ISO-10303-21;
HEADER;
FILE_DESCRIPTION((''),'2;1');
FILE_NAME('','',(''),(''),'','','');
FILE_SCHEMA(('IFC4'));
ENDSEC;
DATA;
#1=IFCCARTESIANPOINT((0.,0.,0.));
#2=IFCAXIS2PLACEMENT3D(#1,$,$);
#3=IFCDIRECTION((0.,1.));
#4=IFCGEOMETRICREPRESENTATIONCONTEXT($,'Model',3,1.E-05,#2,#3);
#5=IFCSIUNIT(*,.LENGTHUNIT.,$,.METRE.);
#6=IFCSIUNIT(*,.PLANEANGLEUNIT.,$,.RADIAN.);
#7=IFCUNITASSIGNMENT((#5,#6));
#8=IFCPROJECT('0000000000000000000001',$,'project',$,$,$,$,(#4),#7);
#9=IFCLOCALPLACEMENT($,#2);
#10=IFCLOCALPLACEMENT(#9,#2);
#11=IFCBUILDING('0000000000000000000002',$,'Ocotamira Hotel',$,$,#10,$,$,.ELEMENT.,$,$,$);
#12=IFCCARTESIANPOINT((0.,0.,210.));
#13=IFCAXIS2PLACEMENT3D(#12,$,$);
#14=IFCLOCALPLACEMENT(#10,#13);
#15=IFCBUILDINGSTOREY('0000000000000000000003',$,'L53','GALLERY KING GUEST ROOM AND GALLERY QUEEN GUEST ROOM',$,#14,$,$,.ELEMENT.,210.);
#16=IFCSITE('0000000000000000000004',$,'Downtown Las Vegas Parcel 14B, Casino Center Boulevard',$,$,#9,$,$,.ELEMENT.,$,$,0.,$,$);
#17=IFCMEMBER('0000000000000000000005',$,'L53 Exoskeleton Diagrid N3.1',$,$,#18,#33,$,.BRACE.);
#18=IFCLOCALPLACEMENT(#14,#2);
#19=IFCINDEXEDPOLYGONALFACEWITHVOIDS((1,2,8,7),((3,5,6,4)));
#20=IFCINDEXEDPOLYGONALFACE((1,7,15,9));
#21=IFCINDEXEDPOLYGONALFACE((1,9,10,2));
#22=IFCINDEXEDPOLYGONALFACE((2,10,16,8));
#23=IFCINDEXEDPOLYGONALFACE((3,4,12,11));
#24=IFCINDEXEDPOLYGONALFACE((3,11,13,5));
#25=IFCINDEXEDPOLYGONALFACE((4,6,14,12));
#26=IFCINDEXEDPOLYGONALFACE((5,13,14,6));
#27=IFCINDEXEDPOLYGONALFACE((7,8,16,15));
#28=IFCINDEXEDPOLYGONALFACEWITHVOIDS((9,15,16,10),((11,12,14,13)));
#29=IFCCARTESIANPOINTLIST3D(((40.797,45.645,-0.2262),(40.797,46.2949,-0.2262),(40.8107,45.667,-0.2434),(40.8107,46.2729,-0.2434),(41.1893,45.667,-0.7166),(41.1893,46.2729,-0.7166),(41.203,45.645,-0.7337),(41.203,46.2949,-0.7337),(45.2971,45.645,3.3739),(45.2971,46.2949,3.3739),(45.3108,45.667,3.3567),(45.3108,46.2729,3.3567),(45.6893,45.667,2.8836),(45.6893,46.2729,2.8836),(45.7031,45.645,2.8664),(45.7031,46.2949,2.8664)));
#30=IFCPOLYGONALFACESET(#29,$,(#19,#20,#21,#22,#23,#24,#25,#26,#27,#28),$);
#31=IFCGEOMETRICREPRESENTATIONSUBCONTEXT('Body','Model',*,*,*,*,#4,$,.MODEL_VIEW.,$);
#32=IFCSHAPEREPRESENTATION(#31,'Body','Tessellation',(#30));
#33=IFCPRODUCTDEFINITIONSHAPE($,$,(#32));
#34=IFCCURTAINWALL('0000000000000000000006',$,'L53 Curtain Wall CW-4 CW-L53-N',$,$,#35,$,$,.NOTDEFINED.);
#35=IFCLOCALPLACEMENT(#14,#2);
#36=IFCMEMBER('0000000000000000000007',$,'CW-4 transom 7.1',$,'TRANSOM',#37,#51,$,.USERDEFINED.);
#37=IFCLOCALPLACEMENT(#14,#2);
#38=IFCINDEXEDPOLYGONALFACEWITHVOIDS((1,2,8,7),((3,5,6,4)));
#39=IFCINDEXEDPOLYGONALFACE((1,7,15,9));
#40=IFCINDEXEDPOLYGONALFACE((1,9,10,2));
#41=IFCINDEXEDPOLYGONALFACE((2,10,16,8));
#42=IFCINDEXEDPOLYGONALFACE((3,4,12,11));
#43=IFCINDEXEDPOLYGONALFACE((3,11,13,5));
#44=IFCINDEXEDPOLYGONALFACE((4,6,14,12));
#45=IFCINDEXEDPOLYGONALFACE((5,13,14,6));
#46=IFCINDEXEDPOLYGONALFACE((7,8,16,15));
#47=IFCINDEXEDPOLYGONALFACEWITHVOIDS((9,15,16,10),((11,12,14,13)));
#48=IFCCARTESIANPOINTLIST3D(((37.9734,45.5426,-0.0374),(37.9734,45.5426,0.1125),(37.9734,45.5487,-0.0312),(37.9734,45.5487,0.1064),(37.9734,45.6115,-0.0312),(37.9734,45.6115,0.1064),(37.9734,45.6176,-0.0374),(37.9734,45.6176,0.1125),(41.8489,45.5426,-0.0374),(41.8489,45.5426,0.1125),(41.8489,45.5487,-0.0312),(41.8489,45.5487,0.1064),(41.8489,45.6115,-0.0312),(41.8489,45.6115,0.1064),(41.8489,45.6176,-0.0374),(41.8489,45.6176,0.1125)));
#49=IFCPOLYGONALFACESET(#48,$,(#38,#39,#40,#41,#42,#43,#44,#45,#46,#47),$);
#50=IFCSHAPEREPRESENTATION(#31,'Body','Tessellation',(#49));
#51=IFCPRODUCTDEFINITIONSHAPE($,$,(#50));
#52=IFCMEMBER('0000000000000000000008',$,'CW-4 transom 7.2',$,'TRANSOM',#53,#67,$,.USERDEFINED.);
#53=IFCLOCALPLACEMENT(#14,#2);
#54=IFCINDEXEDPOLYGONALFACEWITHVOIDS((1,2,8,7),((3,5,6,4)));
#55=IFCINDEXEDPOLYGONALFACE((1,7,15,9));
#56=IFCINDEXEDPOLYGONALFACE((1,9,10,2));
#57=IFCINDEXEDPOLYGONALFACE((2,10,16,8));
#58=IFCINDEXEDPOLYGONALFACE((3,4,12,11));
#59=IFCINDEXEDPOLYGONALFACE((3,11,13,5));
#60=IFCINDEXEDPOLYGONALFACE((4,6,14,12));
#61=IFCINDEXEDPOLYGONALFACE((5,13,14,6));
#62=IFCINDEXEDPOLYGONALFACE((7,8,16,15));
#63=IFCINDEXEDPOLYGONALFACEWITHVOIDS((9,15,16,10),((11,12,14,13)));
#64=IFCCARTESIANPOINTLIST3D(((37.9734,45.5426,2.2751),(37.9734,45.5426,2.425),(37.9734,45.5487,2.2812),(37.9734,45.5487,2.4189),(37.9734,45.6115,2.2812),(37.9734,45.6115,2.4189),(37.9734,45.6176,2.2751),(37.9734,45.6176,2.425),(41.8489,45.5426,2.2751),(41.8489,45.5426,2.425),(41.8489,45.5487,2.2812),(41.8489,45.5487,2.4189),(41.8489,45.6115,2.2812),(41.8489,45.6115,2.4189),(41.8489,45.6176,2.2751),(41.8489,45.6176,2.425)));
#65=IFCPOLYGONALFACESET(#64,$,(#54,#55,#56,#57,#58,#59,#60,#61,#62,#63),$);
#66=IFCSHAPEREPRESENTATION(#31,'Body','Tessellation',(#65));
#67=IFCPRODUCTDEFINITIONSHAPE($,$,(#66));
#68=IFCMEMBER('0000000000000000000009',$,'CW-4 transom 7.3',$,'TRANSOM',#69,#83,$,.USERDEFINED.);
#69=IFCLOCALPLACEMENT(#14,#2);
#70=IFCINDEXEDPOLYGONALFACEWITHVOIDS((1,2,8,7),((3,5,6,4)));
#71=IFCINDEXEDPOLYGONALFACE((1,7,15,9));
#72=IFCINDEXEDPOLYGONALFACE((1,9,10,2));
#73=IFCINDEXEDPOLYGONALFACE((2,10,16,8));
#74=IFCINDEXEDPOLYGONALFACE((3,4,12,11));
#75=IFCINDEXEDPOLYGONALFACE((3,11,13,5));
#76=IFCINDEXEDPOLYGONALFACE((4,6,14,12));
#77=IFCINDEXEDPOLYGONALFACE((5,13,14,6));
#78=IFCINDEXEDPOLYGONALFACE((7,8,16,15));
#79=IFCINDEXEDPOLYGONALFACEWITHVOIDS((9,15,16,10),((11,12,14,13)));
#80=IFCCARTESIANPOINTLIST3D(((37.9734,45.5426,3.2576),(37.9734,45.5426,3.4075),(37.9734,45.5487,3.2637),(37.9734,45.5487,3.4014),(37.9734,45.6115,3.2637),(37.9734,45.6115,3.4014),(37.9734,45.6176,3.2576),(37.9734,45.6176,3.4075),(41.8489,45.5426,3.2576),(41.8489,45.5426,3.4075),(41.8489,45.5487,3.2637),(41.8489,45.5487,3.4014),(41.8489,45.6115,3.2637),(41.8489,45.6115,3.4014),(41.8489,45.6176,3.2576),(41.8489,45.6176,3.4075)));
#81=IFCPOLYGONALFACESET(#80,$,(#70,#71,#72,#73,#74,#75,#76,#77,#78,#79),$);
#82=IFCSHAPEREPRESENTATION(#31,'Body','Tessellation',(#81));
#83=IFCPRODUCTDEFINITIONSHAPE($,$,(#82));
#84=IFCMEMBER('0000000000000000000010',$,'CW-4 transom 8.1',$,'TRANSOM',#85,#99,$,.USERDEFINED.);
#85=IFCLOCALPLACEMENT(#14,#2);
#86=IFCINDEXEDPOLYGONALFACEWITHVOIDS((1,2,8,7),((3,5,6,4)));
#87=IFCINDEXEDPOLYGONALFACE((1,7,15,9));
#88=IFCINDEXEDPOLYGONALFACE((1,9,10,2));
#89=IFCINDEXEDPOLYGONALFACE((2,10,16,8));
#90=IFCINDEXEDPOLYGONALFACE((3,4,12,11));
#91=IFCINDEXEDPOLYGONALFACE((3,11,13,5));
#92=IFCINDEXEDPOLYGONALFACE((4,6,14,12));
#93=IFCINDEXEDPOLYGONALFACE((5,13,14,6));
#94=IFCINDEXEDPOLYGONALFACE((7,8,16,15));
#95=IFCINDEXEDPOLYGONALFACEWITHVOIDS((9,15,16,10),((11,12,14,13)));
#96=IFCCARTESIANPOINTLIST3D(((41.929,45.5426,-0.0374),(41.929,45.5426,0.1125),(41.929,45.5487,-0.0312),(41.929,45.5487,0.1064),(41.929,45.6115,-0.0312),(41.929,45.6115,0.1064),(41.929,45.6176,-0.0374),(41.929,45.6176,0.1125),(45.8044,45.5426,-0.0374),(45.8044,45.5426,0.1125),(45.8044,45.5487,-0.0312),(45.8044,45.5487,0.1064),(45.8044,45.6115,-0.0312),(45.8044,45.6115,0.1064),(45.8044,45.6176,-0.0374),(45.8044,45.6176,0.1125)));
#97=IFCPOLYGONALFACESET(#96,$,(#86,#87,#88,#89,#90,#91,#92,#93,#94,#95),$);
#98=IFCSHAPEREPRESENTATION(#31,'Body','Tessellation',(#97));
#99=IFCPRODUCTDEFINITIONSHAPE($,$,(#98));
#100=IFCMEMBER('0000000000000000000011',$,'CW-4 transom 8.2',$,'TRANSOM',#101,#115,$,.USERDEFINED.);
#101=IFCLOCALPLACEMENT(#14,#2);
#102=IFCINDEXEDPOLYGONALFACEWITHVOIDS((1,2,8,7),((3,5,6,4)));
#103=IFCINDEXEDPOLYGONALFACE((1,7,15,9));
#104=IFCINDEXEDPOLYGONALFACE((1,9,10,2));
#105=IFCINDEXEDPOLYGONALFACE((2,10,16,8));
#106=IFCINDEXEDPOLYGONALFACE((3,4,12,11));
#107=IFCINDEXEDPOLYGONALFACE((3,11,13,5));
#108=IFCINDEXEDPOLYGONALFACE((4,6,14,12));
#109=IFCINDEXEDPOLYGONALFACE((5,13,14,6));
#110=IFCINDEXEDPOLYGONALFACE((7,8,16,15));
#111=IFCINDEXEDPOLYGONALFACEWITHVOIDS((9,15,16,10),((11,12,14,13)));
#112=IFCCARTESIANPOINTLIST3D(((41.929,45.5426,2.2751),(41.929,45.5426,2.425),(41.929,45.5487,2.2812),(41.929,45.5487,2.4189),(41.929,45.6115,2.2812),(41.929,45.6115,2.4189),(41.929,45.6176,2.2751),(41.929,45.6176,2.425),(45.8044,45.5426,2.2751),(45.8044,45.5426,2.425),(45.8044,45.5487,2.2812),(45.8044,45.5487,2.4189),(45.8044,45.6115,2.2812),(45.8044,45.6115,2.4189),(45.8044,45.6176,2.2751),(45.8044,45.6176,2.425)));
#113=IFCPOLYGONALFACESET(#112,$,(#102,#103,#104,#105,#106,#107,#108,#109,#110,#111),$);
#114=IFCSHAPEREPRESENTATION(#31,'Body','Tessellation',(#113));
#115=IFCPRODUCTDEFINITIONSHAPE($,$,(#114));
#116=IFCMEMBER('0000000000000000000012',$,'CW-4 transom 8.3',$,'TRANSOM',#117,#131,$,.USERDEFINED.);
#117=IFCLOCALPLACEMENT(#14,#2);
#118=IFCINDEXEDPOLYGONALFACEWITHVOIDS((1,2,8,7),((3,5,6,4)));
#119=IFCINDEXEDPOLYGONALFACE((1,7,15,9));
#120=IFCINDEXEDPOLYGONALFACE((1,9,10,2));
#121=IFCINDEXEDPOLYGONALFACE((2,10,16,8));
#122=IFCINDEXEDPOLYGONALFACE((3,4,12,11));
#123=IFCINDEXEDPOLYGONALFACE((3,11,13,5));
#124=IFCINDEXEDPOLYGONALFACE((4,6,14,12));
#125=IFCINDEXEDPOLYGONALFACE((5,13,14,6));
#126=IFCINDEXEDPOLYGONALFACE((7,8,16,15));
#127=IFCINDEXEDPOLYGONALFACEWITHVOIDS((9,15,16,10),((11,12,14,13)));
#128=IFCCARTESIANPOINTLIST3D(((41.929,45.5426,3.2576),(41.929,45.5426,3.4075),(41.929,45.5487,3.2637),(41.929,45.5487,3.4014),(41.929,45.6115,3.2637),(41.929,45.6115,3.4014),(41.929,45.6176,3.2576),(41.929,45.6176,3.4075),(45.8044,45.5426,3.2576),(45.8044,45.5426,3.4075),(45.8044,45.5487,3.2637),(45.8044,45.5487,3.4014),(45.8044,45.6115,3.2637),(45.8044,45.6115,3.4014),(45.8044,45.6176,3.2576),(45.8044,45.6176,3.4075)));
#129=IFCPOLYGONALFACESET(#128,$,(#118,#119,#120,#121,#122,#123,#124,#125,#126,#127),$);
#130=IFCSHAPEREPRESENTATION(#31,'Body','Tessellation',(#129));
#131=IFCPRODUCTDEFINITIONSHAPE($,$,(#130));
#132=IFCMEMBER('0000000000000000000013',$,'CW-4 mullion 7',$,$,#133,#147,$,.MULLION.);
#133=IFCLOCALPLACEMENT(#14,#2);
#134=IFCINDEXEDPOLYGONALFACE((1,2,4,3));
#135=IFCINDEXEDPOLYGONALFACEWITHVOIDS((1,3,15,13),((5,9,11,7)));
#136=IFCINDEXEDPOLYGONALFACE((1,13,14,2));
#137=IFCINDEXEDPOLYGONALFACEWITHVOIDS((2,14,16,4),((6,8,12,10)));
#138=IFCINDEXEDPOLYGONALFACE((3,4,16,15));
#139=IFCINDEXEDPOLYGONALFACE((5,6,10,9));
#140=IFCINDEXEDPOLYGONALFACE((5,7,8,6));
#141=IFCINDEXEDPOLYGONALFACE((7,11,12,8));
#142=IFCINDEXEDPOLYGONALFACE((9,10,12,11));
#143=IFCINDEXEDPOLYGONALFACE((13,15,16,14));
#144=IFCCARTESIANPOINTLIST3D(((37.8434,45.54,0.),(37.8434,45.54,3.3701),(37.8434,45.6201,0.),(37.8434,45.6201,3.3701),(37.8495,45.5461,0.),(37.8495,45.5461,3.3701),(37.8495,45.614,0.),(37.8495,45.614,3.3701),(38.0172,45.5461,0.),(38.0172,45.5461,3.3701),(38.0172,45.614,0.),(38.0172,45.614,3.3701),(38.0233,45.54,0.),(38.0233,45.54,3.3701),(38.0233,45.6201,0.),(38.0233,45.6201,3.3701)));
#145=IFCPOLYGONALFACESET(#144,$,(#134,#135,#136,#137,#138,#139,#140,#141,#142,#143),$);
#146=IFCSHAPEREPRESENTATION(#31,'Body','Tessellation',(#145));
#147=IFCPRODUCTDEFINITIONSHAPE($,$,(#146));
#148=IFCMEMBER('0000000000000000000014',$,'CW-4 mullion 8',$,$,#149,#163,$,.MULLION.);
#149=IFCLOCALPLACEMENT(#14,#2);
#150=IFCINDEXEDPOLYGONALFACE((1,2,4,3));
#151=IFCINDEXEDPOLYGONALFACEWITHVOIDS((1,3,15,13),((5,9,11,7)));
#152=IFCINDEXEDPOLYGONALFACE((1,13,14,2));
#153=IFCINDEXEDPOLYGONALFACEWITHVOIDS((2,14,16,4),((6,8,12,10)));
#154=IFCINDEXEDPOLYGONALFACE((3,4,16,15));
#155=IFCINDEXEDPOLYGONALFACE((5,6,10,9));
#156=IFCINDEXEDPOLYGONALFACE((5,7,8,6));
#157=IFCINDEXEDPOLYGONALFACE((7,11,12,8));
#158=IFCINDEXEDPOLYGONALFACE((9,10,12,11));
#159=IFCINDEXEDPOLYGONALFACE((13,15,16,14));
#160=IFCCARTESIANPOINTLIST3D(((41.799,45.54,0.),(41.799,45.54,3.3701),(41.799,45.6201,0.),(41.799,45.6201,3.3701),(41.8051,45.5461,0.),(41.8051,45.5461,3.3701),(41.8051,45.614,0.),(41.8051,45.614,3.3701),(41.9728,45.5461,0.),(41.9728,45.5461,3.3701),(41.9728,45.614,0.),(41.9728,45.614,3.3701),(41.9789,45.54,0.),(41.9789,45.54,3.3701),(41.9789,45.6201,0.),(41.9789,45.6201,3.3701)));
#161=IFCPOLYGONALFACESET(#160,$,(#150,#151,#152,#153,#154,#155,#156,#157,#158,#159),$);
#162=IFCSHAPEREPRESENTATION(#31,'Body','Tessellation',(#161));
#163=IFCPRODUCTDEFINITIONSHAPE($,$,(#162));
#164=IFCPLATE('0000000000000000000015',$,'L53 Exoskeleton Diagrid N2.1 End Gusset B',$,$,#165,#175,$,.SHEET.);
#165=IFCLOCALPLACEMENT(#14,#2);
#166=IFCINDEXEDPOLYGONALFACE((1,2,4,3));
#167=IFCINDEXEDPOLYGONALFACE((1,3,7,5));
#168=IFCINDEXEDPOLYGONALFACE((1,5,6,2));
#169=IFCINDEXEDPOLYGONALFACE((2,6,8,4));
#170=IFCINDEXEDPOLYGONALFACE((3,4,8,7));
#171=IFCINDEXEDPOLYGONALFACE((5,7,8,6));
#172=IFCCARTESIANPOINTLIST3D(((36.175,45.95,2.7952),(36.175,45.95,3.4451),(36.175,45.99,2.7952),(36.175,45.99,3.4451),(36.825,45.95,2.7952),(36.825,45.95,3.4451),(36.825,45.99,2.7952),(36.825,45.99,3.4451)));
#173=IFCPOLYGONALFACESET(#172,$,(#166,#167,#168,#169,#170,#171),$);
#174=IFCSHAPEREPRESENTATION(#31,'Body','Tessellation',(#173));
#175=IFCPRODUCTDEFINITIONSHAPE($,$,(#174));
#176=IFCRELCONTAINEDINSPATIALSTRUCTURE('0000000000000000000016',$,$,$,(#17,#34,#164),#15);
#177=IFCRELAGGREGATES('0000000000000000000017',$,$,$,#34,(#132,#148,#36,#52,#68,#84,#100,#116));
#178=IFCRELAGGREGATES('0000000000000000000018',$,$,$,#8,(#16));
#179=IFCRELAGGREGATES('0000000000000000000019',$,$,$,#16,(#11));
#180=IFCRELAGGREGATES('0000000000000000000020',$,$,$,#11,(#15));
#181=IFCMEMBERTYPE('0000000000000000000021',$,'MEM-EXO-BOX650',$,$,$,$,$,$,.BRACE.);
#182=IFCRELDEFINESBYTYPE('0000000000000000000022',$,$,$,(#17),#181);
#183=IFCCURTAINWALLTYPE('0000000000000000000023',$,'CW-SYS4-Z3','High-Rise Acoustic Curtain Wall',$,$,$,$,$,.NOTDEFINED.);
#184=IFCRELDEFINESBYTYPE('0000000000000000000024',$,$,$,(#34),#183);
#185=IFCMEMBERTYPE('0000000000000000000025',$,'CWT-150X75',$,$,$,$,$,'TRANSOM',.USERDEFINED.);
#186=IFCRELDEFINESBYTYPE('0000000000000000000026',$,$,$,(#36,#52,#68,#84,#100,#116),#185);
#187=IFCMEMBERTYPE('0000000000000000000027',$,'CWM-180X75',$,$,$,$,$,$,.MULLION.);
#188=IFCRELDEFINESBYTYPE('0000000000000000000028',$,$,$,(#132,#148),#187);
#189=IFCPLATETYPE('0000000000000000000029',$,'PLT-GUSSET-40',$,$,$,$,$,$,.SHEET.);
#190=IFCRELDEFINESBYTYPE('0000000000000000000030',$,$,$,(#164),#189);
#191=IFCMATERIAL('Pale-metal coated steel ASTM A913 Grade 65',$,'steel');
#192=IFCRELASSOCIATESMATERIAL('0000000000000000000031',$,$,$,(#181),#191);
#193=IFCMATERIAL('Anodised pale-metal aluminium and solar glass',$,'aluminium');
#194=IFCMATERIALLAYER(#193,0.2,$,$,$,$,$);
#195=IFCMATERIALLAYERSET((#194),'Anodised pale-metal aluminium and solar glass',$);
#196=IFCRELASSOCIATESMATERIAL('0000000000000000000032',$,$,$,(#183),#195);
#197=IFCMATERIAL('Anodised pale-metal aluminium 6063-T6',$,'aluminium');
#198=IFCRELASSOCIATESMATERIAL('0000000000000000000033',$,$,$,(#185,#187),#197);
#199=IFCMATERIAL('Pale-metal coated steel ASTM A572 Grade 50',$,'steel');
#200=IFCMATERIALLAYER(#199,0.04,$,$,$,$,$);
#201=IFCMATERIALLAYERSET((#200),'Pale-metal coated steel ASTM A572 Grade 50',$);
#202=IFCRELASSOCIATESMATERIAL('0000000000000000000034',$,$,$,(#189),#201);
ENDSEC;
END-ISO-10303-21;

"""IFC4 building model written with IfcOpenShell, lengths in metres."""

from ifc_helpers import new_model, si_unit, direction, frame, origin, origin_2d, place, context, subcontext, project, spatial, rectangle, hollow_rectangle, extrude, source, transform, mapped, material, layer, layer_set, material_profile, profile_set, type_object, element, aggregate, save


model = new_model("IFC4")

# Units and contexts
model_context = context("Model", 3, precision=1e-05, world=origin(), true_north=direction((0.0, 1.0)))
body_context = subcontext(model_context, "Body", "Model", "MODEL_VIEW")
ifc_project = project(units=[si_unit("LENGTHUNIT", "METRE"), si_unit("PLANEANGLEUNIT", "RADIAN")], contexts=[model_context])

# Site, building, storey
site_placement = place(None, origin())
site = spatial("IfcSite", under=ifc_project, at=site_placement, Name="Downtown Las Vegas Parcel 14B, Casino Center Boulevard", CompositionType="ELEMENT", RefElevation=0.0)
building_placement = place(site_placement, origin())
building = spatial("IfcBuilding", under=site, at=building_placement, Name="Ocotamira Hotel", CompositionType="ELEMENT")
storey_placement = place(building_placement, frame((0.0, 0.0, 210.0)))
storey = spatial("IfcBuildingStorey", under=building, at=storey_placement, Name="L53", Description="GALLERY KING GUEST ROOM AND GALLERY QUEEN GUEST ROOM", CompositionType="ELEMENT", Elevation=210.0)

# Member
ifc_material_1 = material(Name="Pale-metal coated steel ASTM A913 Grade 65", Category="steel")
ifc_material_profile_1 = material_profile(ifc_material_1, hollow_rectangle(XDim=0.6499, YDim=0.6499, WallThickness=0.022, at=origin_2d()), Name="BOX650X650X22")
ifc_profile_set_1 = profile_set([ifc_material_profile_1], Name="Pale-metal coated steel ASTM A913 Grade 65")
member_type_1 = type_object("IfcMemberType", Name="MEM-EXO-BOX650", PredefinedType="BRACE", material=ifc_profile_set_1)
shared_shape_1 = source(origin(), body_context, "Body", "SweptSolid", [
    extrude(hollow_rectangle(XDim=0.6499, YDim=0.6499, WallThickness=0.022, at=origin_2d()), origin(), (0.0, 0.0, 1.0), 5.7629),
])
for number, where, z_axis, x_axis, name in (
    (1, (41.0, 45.97, -0.48), (0.780861, 0.0, 0.624705), (0.0, 1.0, 0.0), "L53 Exoskeleton Diagrid N3.1"),
):
    element("IfcMember", number, at=place(storey_placement, frame(where, z_axis=z_axis, x_axis=x_axis)), inside=storey, type_object=member_type_1, Name=name, PredefinedType="BRACE", context=body_context, shape_type="MappedRepresentation", body=[
        mapped(shared_shape_1, transform((0.0, 0.0, 0.0), scale=1.0)),
    ])

# Curtain wall, members
ifc_material_2 = material(Name="Anodised pale-metal aluminium and solar glass", Category="aluminium")
ifc_layer_1 = layer(ifc_material_2, 0.2)
ifc_layer_set_1 = layer_set([ifc_layer_1], Name="Anodised pale-metal aluminium and solar glass")
curtain_wall_type = type_object("IfcCurtainWallType", Name="CW-SYS4-Z3", Description="High-Rise Acoustic Curtain Wall", PredefinedType="NOTDEFINED", material=ifc_layer_set_1)
curtain_wall_placement = place(storey_placement, origin())
curtain_wall = element("IfcCurtainWall", 2, at=curtain_wall_placement, inside=storey, type_object=curtain_wall_type, Name="L53 Curtain Wall CW-4 CW-L53-N", PredefinedType="NOTDEFINED")
ifc_material_3 = material(Name="Anodised pale-metal aluminium 6063-T6", Category="aluminium")
ifc_material_profile_2 = material_profile(ifc_material_3, hollow_rectangle(XDim=0.075, YDim=0.1499, WallThickness=0.0061, at=origin_2d()), Name="HSS150X75X6")
ifc_profile_set_2 = profile_set([ifc_material_profile_2], Name="Anodised pale-metal aluminium 6063-T6")
member_type_2 = type_object("IfcMemberType", Name="CWT-150X75", ElementType="TRANSOM", PredefinedType="USERDEFINED", material=ifc_profile_set_2)
shared_shape_2 = source(origin(), body_context, "Body", "SweptSolid", [
    extrude(hollow_rectangle(XDim=0.075, YDim=0.1499, WallThickness=0.0061, at=origin_2d()), origin(), (0.0, 0.0, 1.0), 3.8755),
])
member_1_placement = place(storey_placement, frame((37.9734, 45.5801, 0.0376), z_axis=(1.0, 0.0, 0.0), x_axis=(0.0, 1.0, 0.0)))
member_1 = element("IfcMember", 3, at=member_1_placement, type_object=member_type_2, Name="CW-4 transom 7.1", ObjectType="TRANSOM", PredefinedType="USERDEFINED", context=body_context, shape_type="MappedRepresentation", body=[
    mapped(shared_shape_2, transform((0.0, 0.0, 0.0), scale=1.0)),
])
member_2_placement = place(storey_placement, frame((37.9734, 45.5801, 2.3501), z_axis=(1.0, 0.0, 0.0), x_axis=(0.0, 1.0, 0.0)))
member_2 = element("IfcMember", 4, at=member_2_placement, type_object=member_type_2, Name="CW-4 transom 7.2", ObjectType="TRANSOM", PredefinedType="USERDEFINED", context=body_context, shape_type="MappedRepresentation", body=[
    mapped(shared_shape_2, transform((0.0, 0.0, 0.0), scale=1.0)),
])
member_3_placement = place(storey_placement, frame((37.9734, 45.5801, 3.3325), z_axis=(1.0, 0.0, 0.0), x_axis=(0.0, 1.0, 0.0)))
member_3 = element("IfcMember", 5, at=member_3_placement, type_object=member_type_2, Name="CW-4 transom 7.3", ObjectType="TRANSOM", PredefinedType="USERDEFINED", context=body_context, shape_type="MappedRepresentation", body=[
    mapped(shared_shape_2, transform((0.0, 0.0, 0.0), scale=1.0)),
])
member_4_placement = place(storey_placement, frame((41.929, 45.5801, 0.0376), z_axis=(1.0, 0.0, 0.0), x_axis=(0.0, 1.0, 0.0)))
member_4 = element("IfcMember", 6, at=member_4_placement, type_object=member_type_2, Name="CW-4 transom 8.1", ObjectType="TRANSOM", PredefinedType="USERDEFINED", context=body_context, shape_type="MappedRepresentation", body=[
    mapped(shared_shape_2, transform((0.0, 0.0, 0.0), scale=1.0)),
])
member_5_placement = place(storey_placement, frame((41.929, 45.5801, 2.3501), z_axis=(1.0, 0.0, 0.0), x_axis=(0.0, 1.0, 0.0)))
member_5 = element("IfcMember", 7, at=member_5_placement, type_object=member_type_2, Name="CW-4 transom 8.2", ObjectType="TRANSOM", PredefinedType="USERDEFINED", context=body_context, shape_type="MappedRepresentation", body=[
    mapped(shared_shape_2, transform((0.0, 0.0, 0.0), scale=1.0)),
])
member_6_placement = place(storey_placement, frame((41.929, 45.5801, 3.3325), z_axis=(1.0, 0.0, 0.0), x_axis=(0.0, 1.0, 0.0)))
member_6 = element("IfcMember", 8, at=member_6_placement, type_object=member_type_2, Name="CW-4 transom 8.3", ObjectType="TRANSOM", PredefinedType="USERDEFINED", context=body_context, shape_type="MappedRepresentation", body=[
    mapped(shared_shape_2, transform((0.0, 0.0, 0.0), scale=1.0)),
])
ifc_material_profile_3 = material_profile(ifc_material_3, hollow_rectangle(XDim=0.0801, YDim=0.1799, WallThickness=0.0061, at=origin_2d()), Name="HSS180X80X6")
ifc_profile_set_3 = profile_set([ifc_material_profile_3], Name="Anodised pale-metal aluminium 6063-T6")
member_type_3 = type_object("IfcMemberType", Name="CWM-180X75", PredefinedType="MULLION", material=ifc_profile_set_3)
shared_shape_3 = source(origin(), body_context, "Body", "SweptSolid", [
    extrude(hollow_rectangle(XDim=0.0801, YDim=0.1799, WallThickness=0.0061, at=origin_2d()), origin(), (0.0, 0.0, 1.0), 3.3701),
])
member_7_placement = place(storey_placement, frame((37.9333, 45.5801, 0.0), z_axis=(0.0, 0.0, 1.0), x_axis=(0.0, 1.0, 0.0)))
member_7 = element("IfcMember", 9, at=member_7_placement, type_object=member_type_3, Name="CW-4 mullion 7", PredefinedType="MULLION", context=body_context, shape_type="MappedRepresentation", body=[
    mapped(shared_shape_3, transform((0.0, 0.0, 0.0), scale=1.0)),
])
member_8_placement = place(storey_placement, frame((41.8889, 45.5801, 0.0), z_axis=(0.0, 0.0, 1.0), x_axis=(0.0, 1.0, 0.0)))
member_8 = element("IfcMember", 10, at=member_8_placement, type_object=member_type_3, Name="CW-4 mullion 8", PredefinedType="MULLION", context=body_context, shape_type="MappedRepresentation", body=[
    mapped(shared_shape_3, transform((0.0, 0.0, 0.0), scale=1.0)),
])

# Plate
ifc_material_4 = material(Name="Pale-metal coated steel ASTM A572 Grade 50", Category="steel")
ifc_layer_2 = layer(ifc_material_4, 0.04)
ifc_layer_set_2 = layer_set([ifc_layer_2], Name="Pale-metal coated steel ASTM A572 Grade 50")
plate_type_1 = type_object("IfcPlateType", Name="PLT-GUSSET-40", PredefinedType="SHEET", material=ifc_layer_set_2)
shared_shape_4 = source(origin(), body_context, "Body", "SweptSolid", [
    extrude(rectangle(XDim=0.6499, YDim=0.04, at=origin_2d()), origin(), (0.0, 0.0, 1.0), 0.6499),
])
plate_1_placement = place(storey_placement, frame((36.5, 45.97, 2.7952), z_axis=(0.0, 0.0, 1.0), x_axis=(1.0, 0.0, 0.0)))
element("IfcPlate", 11, at=plate_1_placement, inside=storey, type_object=plate_type_1, Name="L53 Exoskeleton Diagrid N2.1 End Gusset B", PredefinedType="SHEET", context=body_context, shape_type="MappedRepresentation", body=[
    mapped(shared_shape_4, transform((0.0, 0.0, 0.0), scale=1.0)),
])
aggregate(curtain_wall, [member_7, member_8, member_1, member_2, member_3, member_4, member_5, member_6])

save(model, "model.ifc")
